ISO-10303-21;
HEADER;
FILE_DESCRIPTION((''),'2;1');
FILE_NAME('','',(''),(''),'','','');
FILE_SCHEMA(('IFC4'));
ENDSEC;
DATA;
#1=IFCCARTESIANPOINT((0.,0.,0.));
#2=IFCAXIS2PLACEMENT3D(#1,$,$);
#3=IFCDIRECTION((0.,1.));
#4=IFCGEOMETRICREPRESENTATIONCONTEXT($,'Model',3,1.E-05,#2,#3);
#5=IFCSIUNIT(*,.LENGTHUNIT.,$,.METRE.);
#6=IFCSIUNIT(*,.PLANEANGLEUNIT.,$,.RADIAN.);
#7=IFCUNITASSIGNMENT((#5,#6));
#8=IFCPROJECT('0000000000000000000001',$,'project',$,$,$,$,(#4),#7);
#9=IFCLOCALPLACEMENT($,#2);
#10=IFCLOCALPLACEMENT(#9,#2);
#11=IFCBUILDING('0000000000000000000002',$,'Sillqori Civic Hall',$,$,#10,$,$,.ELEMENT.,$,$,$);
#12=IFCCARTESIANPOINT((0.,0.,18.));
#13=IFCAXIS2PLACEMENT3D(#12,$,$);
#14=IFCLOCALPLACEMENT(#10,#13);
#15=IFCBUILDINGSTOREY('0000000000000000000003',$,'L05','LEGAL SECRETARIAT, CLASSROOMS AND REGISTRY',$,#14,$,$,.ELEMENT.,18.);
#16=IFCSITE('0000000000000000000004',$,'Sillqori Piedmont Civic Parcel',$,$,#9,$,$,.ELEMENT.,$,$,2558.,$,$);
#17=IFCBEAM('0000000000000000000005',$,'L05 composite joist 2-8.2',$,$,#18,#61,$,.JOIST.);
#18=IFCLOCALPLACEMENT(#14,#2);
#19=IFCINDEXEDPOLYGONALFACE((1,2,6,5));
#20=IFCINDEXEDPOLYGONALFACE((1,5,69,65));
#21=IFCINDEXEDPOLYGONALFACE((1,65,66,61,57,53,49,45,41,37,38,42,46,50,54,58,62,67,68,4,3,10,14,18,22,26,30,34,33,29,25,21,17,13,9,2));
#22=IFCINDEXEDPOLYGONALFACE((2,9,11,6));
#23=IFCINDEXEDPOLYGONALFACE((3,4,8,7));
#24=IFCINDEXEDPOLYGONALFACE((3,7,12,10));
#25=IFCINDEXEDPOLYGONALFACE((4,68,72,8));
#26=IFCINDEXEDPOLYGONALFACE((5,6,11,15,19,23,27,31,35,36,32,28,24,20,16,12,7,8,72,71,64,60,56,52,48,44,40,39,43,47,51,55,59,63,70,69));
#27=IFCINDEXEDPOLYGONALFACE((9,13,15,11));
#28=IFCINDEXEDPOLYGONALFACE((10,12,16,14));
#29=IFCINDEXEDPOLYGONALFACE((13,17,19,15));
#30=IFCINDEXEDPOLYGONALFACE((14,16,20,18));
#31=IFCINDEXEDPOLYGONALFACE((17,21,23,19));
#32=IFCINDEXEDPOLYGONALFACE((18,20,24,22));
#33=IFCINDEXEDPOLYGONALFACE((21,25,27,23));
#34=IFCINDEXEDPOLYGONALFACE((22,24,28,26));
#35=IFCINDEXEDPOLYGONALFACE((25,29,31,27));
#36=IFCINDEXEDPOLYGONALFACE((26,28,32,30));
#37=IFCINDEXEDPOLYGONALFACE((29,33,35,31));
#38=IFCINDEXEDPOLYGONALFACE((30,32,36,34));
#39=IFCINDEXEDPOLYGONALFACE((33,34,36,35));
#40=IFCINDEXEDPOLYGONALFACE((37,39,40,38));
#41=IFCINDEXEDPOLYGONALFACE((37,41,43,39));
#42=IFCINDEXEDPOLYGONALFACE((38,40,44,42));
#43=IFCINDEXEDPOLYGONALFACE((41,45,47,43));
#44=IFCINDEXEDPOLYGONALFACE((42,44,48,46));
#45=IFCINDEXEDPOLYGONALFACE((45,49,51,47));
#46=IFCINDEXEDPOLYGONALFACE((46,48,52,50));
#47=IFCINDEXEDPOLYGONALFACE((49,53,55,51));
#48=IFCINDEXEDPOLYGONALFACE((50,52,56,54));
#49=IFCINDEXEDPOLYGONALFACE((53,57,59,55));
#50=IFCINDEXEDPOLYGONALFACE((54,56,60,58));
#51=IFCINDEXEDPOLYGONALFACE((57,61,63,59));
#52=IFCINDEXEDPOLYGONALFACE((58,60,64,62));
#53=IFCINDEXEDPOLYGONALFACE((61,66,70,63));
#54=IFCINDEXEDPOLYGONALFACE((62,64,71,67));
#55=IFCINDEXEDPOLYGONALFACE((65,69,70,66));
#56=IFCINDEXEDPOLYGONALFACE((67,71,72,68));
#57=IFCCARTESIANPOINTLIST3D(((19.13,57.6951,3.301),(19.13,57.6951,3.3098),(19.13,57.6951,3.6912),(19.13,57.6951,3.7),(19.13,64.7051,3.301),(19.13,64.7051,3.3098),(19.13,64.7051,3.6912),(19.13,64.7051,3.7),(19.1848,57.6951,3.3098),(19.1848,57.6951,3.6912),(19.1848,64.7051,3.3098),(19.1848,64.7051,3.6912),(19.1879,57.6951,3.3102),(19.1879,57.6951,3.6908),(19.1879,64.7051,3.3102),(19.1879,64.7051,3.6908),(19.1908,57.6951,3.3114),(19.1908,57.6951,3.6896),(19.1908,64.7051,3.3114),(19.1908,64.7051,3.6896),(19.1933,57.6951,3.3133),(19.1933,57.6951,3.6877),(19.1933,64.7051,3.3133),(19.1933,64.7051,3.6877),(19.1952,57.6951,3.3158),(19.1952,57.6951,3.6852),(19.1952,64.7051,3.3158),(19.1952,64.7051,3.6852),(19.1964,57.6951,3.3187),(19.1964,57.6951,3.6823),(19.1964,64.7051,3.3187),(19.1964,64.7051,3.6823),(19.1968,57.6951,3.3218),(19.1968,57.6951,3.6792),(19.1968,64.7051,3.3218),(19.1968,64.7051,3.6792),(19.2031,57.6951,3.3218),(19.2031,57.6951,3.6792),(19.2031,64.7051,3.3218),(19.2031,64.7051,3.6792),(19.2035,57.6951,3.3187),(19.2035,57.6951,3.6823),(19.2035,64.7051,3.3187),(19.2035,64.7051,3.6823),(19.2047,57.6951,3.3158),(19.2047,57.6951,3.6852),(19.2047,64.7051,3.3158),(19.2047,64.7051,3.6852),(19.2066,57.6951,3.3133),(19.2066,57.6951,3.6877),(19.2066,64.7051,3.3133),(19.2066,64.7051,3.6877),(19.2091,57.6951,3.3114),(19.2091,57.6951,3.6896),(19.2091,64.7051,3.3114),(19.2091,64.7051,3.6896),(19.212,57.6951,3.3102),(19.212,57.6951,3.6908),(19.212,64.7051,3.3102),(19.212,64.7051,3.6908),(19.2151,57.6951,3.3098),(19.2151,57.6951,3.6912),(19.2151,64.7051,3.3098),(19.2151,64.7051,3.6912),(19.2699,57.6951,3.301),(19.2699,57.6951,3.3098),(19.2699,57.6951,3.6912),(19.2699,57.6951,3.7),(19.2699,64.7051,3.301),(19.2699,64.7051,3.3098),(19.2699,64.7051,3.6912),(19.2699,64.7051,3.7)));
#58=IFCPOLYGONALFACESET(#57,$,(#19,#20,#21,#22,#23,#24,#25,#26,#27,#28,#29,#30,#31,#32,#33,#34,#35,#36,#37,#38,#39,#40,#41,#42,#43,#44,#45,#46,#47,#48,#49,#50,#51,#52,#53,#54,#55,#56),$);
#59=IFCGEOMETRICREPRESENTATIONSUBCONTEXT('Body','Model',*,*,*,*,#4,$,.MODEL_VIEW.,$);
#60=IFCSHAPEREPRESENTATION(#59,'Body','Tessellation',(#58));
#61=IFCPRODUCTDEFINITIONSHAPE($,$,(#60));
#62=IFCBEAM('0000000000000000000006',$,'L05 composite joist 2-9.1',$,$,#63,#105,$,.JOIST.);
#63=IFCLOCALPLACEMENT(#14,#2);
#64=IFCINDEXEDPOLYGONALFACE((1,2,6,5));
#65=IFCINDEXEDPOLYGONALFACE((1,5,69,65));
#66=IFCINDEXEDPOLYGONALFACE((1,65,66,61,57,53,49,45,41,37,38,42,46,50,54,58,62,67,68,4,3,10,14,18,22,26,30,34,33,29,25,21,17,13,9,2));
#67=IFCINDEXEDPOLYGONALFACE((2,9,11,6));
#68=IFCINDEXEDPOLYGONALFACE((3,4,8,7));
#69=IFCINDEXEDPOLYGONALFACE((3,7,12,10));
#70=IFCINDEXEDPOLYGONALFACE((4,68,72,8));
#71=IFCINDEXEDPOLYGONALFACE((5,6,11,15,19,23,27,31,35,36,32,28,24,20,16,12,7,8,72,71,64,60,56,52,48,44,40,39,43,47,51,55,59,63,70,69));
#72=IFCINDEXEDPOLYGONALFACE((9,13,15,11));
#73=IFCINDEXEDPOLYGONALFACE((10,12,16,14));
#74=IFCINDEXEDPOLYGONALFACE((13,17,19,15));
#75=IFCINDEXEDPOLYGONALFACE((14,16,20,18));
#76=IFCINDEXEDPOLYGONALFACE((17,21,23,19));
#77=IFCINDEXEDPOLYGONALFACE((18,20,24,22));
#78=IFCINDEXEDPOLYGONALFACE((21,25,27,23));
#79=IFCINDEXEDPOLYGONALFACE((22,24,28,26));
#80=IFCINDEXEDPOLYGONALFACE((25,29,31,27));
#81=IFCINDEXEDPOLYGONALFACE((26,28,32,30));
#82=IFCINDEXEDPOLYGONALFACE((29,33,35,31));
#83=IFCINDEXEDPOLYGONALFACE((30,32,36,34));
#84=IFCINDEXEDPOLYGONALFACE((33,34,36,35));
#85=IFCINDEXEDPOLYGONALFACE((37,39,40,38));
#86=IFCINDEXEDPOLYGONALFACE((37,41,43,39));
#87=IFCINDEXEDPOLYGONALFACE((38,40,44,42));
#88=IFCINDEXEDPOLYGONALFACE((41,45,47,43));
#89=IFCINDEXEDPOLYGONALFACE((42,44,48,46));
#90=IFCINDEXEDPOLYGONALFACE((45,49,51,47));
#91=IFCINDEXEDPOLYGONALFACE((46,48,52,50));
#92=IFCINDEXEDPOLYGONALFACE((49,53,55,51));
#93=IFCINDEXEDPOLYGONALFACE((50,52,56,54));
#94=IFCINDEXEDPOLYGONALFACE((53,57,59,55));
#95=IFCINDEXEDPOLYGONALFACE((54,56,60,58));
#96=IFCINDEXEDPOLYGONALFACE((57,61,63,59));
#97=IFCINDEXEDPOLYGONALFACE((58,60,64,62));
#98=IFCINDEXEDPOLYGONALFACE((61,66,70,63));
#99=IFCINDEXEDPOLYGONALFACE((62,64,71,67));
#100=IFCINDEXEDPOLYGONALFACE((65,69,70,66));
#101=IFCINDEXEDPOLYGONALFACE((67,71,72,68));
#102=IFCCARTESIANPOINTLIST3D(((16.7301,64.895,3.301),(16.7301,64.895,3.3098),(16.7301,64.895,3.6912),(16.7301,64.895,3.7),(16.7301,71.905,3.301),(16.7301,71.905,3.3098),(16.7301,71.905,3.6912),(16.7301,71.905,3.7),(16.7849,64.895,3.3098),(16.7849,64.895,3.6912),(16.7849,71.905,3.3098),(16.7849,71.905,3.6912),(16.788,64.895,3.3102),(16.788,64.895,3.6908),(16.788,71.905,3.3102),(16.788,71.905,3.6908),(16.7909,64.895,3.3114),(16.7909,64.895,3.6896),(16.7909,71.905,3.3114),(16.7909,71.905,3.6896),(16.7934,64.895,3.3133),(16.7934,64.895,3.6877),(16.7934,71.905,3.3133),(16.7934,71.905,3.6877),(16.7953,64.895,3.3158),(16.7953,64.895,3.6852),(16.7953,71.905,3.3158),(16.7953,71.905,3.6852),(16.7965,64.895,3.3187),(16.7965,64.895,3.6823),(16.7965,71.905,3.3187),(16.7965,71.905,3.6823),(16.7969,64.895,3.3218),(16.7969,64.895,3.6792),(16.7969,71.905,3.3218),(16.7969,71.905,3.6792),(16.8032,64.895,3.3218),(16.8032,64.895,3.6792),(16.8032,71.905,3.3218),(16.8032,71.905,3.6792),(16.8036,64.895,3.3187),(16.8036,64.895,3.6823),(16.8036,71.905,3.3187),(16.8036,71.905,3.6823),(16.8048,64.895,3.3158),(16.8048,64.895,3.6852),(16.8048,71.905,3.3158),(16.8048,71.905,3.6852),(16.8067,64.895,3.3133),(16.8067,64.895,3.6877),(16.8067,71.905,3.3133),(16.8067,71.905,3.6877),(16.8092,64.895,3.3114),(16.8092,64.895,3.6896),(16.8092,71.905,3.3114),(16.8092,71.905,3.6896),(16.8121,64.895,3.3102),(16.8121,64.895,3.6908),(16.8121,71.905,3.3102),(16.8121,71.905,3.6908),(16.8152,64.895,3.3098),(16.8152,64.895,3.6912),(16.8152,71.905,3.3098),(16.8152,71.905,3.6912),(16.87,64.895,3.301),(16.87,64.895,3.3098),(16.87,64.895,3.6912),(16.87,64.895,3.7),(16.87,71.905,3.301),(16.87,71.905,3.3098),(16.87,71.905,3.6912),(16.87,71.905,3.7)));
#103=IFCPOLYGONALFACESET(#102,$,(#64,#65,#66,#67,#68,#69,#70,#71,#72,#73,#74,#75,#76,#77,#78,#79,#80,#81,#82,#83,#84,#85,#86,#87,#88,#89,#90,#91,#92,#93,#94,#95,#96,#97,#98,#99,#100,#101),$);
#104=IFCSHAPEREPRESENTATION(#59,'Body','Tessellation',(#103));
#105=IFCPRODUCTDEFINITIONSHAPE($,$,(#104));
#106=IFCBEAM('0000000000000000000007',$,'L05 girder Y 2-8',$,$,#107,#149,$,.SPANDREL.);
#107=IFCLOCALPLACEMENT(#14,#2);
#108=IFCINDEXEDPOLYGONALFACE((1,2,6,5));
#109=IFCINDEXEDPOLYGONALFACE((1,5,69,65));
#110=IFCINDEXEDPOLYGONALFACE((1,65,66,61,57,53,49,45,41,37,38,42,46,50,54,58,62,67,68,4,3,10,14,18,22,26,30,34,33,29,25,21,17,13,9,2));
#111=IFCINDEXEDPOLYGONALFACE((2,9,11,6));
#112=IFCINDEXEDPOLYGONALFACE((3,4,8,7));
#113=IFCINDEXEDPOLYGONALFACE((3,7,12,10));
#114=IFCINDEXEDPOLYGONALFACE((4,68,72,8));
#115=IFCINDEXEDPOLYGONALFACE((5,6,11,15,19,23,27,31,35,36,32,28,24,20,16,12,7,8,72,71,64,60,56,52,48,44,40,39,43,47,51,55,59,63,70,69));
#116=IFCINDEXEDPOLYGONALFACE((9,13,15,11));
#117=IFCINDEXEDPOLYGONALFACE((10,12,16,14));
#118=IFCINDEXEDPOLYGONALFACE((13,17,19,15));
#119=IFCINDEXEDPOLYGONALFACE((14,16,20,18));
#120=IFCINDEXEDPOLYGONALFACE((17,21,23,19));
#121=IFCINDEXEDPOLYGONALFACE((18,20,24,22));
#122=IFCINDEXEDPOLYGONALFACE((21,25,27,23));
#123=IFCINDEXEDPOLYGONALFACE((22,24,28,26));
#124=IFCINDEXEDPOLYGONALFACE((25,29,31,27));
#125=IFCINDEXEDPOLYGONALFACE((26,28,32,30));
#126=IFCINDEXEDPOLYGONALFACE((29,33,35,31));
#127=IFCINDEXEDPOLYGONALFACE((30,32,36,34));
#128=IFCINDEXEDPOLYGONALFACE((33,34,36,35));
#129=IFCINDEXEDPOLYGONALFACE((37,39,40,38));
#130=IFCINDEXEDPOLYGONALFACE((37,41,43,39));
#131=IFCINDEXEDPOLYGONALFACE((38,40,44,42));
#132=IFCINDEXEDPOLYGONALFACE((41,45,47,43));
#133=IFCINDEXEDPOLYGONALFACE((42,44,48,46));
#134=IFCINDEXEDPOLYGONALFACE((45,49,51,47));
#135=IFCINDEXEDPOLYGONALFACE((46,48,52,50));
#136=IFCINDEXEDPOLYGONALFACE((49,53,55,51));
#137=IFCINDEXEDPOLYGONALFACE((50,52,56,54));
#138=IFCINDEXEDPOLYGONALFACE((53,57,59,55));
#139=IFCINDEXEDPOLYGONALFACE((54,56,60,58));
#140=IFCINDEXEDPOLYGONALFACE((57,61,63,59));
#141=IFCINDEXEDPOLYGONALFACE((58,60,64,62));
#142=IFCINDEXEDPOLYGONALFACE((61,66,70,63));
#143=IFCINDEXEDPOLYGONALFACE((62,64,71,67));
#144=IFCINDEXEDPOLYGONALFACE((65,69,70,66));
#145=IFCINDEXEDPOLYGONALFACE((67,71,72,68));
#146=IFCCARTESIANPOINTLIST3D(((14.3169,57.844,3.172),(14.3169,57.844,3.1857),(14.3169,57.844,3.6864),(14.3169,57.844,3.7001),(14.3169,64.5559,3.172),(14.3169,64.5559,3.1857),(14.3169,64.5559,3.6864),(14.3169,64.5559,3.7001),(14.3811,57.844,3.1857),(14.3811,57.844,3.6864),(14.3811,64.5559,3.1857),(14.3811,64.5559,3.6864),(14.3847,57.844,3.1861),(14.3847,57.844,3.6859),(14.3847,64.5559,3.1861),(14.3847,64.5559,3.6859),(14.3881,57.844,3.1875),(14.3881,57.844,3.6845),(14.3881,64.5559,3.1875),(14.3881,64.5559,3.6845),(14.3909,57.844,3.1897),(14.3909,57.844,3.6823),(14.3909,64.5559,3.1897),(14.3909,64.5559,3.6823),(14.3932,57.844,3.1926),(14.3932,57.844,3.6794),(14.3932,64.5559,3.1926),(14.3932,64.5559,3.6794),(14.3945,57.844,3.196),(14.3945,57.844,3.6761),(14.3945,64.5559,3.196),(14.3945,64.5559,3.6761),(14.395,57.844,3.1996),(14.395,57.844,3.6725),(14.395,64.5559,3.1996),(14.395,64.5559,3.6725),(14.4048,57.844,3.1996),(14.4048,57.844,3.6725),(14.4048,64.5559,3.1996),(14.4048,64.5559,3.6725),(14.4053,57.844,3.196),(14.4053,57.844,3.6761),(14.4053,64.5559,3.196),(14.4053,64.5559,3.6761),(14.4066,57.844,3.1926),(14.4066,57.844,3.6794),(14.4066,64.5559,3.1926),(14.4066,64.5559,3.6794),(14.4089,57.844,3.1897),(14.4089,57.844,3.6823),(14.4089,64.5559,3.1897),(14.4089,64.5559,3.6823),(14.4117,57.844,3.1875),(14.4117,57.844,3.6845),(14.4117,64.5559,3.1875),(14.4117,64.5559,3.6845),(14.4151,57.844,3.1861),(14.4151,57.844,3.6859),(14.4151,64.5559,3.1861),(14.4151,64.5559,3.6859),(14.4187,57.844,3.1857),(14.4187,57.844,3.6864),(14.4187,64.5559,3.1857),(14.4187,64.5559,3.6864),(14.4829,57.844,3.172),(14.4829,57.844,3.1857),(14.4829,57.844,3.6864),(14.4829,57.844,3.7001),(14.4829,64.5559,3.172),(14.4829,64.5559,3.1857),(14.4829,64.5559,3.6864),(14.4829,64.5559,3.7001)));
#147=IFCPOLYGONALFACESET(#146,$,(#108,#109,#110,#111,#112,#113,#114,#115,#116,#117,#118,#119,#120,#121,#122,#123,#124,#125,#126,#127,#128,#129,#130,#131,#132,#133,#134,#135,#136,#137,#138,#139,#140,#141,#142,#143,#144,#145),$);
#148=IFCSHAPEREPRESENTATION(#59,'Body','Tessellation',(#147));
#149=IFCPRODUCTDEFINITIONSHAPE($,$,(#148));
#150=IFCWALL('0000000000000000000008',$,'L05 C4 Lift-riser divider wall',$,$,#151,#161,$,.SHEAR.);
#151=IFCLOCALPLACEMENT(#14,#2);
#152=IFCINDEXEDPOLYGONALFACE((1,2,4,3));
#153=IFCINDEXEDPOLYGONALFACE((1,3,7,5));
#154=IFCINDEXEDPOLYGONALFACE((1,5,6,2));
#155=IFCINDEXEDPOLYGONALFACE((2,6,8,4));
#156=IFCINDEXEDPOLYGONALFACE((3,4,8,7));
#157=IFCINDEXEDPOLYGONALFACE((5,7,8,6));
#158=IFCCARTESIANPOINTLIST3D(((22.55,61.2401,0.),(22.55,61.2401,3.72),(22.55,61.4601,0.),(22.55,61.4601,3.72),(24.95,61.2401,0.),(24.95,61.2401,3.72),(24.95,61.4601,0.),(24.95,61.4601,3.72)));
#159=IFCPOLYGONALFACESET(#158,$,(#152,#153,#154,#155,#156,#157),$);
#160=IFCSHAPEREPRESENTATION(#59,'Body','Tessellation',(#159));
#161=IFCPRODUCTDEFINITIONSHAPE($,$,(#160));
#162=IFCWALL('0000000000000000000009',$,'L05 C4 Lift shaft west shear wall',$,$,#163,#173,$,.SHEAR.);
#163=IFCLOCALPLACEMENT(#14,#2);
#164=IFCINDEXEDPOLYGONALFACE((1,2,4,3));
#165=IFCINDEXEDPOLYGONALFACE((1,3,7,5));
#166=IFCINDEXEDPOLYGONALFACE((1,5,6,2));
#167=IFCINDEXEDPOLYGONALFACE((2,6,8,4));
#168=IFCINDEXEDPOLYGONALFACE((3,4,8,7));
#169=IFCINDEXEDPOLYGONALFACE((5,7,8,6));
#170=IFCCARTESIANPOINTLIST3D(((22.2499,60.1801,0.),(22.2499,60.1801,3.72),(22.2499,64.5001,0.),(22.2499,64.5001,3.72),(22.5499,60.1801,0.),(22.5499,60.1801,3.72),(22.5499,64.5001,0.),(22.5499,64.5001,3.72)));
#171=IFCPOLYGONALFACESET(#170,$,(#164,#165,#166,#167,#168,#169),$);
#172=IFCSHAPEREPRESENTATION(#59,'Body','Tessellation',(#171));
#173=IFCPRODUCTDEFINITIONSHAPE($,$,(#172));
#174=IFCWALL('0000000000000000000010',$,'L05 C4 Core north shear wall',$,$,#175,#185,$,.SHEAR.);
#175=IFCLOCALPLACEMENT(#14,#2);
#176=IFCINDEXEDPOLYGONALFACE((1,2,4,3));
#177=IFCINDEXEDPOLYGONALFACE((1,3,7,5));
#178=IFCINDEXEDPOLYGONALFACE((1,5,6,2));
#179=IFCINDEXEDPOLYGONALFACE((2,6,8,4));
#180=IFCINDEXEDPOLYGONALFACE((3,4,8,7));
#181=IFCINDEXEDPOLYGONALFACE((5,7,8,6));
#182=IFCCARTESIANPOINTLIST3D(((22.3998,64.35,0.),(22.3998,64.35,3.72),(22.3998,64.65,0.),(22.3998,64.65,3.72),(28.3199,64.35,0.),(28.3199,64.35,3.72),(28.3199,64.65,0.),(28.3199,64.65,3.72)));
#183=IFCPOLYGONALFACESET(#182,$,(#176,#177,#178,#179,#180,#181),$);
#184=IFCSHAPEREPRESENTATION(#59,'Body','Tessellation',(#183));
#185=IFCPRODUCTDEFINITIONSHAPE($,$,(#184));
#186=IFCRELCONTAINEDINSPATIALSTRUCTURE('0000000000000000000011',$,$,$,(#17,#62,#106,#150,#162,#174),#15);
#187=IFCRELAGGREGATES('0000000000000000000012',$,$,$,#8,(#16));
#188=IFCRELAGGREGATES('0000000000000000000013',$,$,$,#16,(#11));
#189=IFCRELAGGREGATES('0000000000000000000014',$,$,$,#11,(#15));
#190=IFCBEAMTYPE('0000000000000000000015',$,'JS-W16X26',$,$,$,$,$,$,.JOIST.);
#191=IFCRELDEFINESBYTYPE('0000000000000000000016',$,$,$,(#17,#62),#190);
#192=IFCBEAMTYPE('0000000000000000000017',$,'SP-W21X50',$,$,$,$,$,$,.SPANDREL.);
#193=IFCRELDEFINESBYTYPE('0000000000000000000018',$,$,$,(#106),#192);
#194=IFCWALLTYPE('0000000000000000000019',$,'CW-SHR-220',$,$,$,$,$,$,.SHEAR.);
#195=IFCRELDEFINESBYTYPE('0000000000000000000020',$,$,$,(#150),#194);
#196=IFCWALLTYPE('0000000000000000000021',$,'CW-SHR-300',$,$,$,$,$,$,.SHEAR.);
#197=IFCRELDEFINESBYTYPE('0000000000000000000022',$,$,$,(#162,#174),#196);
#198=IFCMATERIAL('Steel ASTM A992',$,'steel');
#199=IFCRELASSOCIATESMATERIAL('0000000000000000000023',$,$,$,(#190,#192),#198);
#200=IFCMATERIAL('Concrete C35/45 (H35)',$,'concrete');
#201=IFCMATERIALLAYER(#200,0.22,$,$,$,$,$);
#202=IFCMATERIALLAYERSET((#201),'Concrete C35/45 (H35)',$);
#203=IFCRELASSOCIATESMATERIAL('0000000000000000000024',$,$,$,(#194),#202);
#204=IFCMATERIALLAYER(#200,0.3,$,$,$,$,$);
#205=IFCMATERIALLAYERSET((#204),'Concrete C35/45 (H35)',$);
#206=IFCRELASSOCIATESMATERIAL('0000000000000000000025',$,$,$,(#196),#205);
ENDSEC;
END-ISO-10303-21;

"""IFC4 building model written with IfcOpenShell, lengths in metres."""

from ifc_helpers import new_model, si_unit, direction, frame, frame_2d, origin, origin_2d, place, context, subcontext, project, spatial, rectangle, i_section, extrude, material, layer, layer_set, material_profile, profile_set, type_object, element, save


model = new_model("IFC4")

# Units and contexts
model_context = context("Model", 3, precision=1e-05, world=origin(), true_north=direction((0.0, 1.0)))
body_context = subcontext(model_context, "Body", "Model", "MODEL_VIEW")
ifc_project = project(units=[si_unit("LENGTHUNIT", "METRE"), si_unit("PLANEANGLEUNIT", "RADIAN")], contexts=[model_context])

# Site, building, storey
site_placement = place(None, origin())
site = spatial("IfcSite", under=ifc_project, at=site_placement, Name="Sillqori Piedmont Civic Parcel", CompositionType="ELEMENT", RefElevation=2558.0)
building_placement = place(site_placement, origin())
building = spatial("IfcBuilding", under=site, at=building_placement, Name="Sillqori Civic Hall", CompositionType="ELEMENT")
storey_placement = place(building_placement, frame((0.0, 0.0, 18.0)))
storey = spatial("IfcBuildingStorey", under=building, at=storey_placement, Name="L05", Description="LEGAL SECRETARIAT, CLASSROOMS AND REGISTRY", CompositionType="ELEMENT", Elevation=18.0)

# Shared definitions
ifc_material_1 = material(Name="Concrete C35/45 (H35)", Category="concrete")
ifc_material_2 = material(Name="Steel ASTM A992", Category="steel")

# Beams
ifc_material_profile_1 = material_profile(ifc_material_2, i_section(OverallWidth=0.1399, OverallDepth=0.3989, WebThickness=0.0063, FlangeThickness=0.0088, FilletRadius=0.012, at=origin_2d()), Name="W16X26")
ifc_profile_set_1 = profile_set([ifc_material_profile_1], Name="Steel ASTM A992")
beam_type_1 = type_object("IfcBeamType", Name="JS-W16X26", PredefinedType="JOIST", material=ifc_profile_set_1)
for number, where, z_axis, x_axis, name in (
    (1, (19.2, 57.6951, 3.5005), (0.0, 1.0, 0.0), (-1.0, 0.0, 0.0), "L05 composite joist 2-8.2"),
    (2, (16.8, 64.895, 3.5005), (0.0, 1.0, 0.0), (-1.0, 0.0, 0.0), "L05 composite joist 2-9.1"),
):
    element("IfcBeam", number, at=place(storey_placement, frame(where, z_axis=z_axis, x_axis=x_axis)), inside=storey, type_object=beam_type_1, Name=name, PredefinedType="JOIST", context=body_context, shape_type="SweptSolid", body=[
        extrude(i_section(OverallWidth=0.1399, OverallDepth=0.3989, WebThickness=0.0063, FlangeThickness=0.0088, FilletRadius=0.012, at=origin_2d()), origin(), (0.0, 0.0, 1.0), 7.01),
    ])
ifc_material_profile_2 = material_profile(ifc_material_2, i_section(OverallWidth=0.166, OverallDepth=0.5281, WebThickness=0.0098, FlangeThickness=0.0137, FilletRadius=0.0139, at=origin_2d()), Name="W21X50")
ifc_profile_set_2 = profile_set([ifc_material_profile_2], Name="Steel ASTM A992")
beam_type_2 = type_object("IfcBeamType", Name="SP-W21X50", PredefinedType="SPANDREL", material=ifc_profile_set_2)
beam_1_placement = place(storey_placement, frame((14.3999, 57.844, 3.436), z_axis=(0.0, 1.0, 0.0), x_axis=(-1.0, 0.0, 0.0)))
element("IfcBeam", 3, at=beam_1_placement, inside=storey, type_object=beam_type_2, Name="L05 girder Y 2-8", PredefinedType="SPANDREL", context=body_context, shape_type="SweptSolid", body=[
    extrude(i_section(OverallWidth=0.166, OverallDepth=0.5281, WebThickness=0.0098, FlangeThickness=0.0137, FilletRadius=0.0139, at=origin_2d()), origin(), (0.0, 0.0, 1.0), 6.7119),
])

# Wall
ifc_layer_1 = layer(ifc_material_1, 0.22)
ifc_layer_set_1 = layer_set([ifc_layer_1], Name="Concrete C35/45 (H35)")
wall_type_1 = type_object("IfcWallType", Name="CW-SHR-220", PredefinedType="SHEAR", material=ifc_layer_set_1)
wall_1_placement = place(storey_placement, frame((22.55, 61.3501, 0.0), z_axis=(0.0, 0.0, 1.0), x_axis=(1.0, 0.0, 0.0)))
element("IfcWall", 4, at=wall_1_placement, inside=storey, type_object=wall_type_1, Name="L05 C4 Lift-riser divider wall", PredefinedType="SHEAR", context=body_context, shape_type="SweptSolid", body=[
    extrude(rectangle(XDim=2.3999, YDim=0.22, at=frame_2d((1.2, 0.0))), origin(), (0.0, 0.0, 1.0), 3.72),
])

# Walls
ifc_layer_2 = layer(ifc_material_1, 0.3)
ifc_layer_set_2 = layer_set([ifc_layer_2], Name="Concrete C35/45 (H35)")
wall_type_2 = type_object("IfcWallType", Name="CW-SHR-300", PredefinedType="SHEAR", material=ifc_layer_set_2)
wall_2_placement = place(storey_placement, frame((22.3999, 60.1799, 0.0), z_axis=(0.0, 0.0, 1.0), x_axis=(0.0, 1.0, 0.0)))
element("IfcWall", 5, at=wall_2_placement, inside=storey, type_object=wall_type_2, Name="L05 C4 Lift shaft west shear wall", PredefinedType="SHEAR", context=body_context, shape_type="SweptSolid", body=[
    extrude(rectangle(XDim=4.3201, YDim=0.3, at=frame_2d((2.1602, 0.0))), origin(), (0.0, 0.0, 1.0), 3.72),
])
wall_3_placement = place(storey_placement, frame((22.3999, 64.5, 0.0), z_axis=(0.0, 0.0, 1.0), x_axis=(1.0, 0.0, 0.0)))
element("IfcWall", 6, at=wall_3_placement, inside=storey, type_object=wall_type_2, Name="L05 C4 Core north shear wall", PredefinedType="SHEAR", context=body_context, shape_type="SweptSolid", body=[
    extrude(rectangle(XDim=5.9202, YDim=0.3, at=frame_2d((2.96, 0.0))), origin(), (0.0, 0.0, 1.0), 3.72),
])

save(model, "model.ifc")
